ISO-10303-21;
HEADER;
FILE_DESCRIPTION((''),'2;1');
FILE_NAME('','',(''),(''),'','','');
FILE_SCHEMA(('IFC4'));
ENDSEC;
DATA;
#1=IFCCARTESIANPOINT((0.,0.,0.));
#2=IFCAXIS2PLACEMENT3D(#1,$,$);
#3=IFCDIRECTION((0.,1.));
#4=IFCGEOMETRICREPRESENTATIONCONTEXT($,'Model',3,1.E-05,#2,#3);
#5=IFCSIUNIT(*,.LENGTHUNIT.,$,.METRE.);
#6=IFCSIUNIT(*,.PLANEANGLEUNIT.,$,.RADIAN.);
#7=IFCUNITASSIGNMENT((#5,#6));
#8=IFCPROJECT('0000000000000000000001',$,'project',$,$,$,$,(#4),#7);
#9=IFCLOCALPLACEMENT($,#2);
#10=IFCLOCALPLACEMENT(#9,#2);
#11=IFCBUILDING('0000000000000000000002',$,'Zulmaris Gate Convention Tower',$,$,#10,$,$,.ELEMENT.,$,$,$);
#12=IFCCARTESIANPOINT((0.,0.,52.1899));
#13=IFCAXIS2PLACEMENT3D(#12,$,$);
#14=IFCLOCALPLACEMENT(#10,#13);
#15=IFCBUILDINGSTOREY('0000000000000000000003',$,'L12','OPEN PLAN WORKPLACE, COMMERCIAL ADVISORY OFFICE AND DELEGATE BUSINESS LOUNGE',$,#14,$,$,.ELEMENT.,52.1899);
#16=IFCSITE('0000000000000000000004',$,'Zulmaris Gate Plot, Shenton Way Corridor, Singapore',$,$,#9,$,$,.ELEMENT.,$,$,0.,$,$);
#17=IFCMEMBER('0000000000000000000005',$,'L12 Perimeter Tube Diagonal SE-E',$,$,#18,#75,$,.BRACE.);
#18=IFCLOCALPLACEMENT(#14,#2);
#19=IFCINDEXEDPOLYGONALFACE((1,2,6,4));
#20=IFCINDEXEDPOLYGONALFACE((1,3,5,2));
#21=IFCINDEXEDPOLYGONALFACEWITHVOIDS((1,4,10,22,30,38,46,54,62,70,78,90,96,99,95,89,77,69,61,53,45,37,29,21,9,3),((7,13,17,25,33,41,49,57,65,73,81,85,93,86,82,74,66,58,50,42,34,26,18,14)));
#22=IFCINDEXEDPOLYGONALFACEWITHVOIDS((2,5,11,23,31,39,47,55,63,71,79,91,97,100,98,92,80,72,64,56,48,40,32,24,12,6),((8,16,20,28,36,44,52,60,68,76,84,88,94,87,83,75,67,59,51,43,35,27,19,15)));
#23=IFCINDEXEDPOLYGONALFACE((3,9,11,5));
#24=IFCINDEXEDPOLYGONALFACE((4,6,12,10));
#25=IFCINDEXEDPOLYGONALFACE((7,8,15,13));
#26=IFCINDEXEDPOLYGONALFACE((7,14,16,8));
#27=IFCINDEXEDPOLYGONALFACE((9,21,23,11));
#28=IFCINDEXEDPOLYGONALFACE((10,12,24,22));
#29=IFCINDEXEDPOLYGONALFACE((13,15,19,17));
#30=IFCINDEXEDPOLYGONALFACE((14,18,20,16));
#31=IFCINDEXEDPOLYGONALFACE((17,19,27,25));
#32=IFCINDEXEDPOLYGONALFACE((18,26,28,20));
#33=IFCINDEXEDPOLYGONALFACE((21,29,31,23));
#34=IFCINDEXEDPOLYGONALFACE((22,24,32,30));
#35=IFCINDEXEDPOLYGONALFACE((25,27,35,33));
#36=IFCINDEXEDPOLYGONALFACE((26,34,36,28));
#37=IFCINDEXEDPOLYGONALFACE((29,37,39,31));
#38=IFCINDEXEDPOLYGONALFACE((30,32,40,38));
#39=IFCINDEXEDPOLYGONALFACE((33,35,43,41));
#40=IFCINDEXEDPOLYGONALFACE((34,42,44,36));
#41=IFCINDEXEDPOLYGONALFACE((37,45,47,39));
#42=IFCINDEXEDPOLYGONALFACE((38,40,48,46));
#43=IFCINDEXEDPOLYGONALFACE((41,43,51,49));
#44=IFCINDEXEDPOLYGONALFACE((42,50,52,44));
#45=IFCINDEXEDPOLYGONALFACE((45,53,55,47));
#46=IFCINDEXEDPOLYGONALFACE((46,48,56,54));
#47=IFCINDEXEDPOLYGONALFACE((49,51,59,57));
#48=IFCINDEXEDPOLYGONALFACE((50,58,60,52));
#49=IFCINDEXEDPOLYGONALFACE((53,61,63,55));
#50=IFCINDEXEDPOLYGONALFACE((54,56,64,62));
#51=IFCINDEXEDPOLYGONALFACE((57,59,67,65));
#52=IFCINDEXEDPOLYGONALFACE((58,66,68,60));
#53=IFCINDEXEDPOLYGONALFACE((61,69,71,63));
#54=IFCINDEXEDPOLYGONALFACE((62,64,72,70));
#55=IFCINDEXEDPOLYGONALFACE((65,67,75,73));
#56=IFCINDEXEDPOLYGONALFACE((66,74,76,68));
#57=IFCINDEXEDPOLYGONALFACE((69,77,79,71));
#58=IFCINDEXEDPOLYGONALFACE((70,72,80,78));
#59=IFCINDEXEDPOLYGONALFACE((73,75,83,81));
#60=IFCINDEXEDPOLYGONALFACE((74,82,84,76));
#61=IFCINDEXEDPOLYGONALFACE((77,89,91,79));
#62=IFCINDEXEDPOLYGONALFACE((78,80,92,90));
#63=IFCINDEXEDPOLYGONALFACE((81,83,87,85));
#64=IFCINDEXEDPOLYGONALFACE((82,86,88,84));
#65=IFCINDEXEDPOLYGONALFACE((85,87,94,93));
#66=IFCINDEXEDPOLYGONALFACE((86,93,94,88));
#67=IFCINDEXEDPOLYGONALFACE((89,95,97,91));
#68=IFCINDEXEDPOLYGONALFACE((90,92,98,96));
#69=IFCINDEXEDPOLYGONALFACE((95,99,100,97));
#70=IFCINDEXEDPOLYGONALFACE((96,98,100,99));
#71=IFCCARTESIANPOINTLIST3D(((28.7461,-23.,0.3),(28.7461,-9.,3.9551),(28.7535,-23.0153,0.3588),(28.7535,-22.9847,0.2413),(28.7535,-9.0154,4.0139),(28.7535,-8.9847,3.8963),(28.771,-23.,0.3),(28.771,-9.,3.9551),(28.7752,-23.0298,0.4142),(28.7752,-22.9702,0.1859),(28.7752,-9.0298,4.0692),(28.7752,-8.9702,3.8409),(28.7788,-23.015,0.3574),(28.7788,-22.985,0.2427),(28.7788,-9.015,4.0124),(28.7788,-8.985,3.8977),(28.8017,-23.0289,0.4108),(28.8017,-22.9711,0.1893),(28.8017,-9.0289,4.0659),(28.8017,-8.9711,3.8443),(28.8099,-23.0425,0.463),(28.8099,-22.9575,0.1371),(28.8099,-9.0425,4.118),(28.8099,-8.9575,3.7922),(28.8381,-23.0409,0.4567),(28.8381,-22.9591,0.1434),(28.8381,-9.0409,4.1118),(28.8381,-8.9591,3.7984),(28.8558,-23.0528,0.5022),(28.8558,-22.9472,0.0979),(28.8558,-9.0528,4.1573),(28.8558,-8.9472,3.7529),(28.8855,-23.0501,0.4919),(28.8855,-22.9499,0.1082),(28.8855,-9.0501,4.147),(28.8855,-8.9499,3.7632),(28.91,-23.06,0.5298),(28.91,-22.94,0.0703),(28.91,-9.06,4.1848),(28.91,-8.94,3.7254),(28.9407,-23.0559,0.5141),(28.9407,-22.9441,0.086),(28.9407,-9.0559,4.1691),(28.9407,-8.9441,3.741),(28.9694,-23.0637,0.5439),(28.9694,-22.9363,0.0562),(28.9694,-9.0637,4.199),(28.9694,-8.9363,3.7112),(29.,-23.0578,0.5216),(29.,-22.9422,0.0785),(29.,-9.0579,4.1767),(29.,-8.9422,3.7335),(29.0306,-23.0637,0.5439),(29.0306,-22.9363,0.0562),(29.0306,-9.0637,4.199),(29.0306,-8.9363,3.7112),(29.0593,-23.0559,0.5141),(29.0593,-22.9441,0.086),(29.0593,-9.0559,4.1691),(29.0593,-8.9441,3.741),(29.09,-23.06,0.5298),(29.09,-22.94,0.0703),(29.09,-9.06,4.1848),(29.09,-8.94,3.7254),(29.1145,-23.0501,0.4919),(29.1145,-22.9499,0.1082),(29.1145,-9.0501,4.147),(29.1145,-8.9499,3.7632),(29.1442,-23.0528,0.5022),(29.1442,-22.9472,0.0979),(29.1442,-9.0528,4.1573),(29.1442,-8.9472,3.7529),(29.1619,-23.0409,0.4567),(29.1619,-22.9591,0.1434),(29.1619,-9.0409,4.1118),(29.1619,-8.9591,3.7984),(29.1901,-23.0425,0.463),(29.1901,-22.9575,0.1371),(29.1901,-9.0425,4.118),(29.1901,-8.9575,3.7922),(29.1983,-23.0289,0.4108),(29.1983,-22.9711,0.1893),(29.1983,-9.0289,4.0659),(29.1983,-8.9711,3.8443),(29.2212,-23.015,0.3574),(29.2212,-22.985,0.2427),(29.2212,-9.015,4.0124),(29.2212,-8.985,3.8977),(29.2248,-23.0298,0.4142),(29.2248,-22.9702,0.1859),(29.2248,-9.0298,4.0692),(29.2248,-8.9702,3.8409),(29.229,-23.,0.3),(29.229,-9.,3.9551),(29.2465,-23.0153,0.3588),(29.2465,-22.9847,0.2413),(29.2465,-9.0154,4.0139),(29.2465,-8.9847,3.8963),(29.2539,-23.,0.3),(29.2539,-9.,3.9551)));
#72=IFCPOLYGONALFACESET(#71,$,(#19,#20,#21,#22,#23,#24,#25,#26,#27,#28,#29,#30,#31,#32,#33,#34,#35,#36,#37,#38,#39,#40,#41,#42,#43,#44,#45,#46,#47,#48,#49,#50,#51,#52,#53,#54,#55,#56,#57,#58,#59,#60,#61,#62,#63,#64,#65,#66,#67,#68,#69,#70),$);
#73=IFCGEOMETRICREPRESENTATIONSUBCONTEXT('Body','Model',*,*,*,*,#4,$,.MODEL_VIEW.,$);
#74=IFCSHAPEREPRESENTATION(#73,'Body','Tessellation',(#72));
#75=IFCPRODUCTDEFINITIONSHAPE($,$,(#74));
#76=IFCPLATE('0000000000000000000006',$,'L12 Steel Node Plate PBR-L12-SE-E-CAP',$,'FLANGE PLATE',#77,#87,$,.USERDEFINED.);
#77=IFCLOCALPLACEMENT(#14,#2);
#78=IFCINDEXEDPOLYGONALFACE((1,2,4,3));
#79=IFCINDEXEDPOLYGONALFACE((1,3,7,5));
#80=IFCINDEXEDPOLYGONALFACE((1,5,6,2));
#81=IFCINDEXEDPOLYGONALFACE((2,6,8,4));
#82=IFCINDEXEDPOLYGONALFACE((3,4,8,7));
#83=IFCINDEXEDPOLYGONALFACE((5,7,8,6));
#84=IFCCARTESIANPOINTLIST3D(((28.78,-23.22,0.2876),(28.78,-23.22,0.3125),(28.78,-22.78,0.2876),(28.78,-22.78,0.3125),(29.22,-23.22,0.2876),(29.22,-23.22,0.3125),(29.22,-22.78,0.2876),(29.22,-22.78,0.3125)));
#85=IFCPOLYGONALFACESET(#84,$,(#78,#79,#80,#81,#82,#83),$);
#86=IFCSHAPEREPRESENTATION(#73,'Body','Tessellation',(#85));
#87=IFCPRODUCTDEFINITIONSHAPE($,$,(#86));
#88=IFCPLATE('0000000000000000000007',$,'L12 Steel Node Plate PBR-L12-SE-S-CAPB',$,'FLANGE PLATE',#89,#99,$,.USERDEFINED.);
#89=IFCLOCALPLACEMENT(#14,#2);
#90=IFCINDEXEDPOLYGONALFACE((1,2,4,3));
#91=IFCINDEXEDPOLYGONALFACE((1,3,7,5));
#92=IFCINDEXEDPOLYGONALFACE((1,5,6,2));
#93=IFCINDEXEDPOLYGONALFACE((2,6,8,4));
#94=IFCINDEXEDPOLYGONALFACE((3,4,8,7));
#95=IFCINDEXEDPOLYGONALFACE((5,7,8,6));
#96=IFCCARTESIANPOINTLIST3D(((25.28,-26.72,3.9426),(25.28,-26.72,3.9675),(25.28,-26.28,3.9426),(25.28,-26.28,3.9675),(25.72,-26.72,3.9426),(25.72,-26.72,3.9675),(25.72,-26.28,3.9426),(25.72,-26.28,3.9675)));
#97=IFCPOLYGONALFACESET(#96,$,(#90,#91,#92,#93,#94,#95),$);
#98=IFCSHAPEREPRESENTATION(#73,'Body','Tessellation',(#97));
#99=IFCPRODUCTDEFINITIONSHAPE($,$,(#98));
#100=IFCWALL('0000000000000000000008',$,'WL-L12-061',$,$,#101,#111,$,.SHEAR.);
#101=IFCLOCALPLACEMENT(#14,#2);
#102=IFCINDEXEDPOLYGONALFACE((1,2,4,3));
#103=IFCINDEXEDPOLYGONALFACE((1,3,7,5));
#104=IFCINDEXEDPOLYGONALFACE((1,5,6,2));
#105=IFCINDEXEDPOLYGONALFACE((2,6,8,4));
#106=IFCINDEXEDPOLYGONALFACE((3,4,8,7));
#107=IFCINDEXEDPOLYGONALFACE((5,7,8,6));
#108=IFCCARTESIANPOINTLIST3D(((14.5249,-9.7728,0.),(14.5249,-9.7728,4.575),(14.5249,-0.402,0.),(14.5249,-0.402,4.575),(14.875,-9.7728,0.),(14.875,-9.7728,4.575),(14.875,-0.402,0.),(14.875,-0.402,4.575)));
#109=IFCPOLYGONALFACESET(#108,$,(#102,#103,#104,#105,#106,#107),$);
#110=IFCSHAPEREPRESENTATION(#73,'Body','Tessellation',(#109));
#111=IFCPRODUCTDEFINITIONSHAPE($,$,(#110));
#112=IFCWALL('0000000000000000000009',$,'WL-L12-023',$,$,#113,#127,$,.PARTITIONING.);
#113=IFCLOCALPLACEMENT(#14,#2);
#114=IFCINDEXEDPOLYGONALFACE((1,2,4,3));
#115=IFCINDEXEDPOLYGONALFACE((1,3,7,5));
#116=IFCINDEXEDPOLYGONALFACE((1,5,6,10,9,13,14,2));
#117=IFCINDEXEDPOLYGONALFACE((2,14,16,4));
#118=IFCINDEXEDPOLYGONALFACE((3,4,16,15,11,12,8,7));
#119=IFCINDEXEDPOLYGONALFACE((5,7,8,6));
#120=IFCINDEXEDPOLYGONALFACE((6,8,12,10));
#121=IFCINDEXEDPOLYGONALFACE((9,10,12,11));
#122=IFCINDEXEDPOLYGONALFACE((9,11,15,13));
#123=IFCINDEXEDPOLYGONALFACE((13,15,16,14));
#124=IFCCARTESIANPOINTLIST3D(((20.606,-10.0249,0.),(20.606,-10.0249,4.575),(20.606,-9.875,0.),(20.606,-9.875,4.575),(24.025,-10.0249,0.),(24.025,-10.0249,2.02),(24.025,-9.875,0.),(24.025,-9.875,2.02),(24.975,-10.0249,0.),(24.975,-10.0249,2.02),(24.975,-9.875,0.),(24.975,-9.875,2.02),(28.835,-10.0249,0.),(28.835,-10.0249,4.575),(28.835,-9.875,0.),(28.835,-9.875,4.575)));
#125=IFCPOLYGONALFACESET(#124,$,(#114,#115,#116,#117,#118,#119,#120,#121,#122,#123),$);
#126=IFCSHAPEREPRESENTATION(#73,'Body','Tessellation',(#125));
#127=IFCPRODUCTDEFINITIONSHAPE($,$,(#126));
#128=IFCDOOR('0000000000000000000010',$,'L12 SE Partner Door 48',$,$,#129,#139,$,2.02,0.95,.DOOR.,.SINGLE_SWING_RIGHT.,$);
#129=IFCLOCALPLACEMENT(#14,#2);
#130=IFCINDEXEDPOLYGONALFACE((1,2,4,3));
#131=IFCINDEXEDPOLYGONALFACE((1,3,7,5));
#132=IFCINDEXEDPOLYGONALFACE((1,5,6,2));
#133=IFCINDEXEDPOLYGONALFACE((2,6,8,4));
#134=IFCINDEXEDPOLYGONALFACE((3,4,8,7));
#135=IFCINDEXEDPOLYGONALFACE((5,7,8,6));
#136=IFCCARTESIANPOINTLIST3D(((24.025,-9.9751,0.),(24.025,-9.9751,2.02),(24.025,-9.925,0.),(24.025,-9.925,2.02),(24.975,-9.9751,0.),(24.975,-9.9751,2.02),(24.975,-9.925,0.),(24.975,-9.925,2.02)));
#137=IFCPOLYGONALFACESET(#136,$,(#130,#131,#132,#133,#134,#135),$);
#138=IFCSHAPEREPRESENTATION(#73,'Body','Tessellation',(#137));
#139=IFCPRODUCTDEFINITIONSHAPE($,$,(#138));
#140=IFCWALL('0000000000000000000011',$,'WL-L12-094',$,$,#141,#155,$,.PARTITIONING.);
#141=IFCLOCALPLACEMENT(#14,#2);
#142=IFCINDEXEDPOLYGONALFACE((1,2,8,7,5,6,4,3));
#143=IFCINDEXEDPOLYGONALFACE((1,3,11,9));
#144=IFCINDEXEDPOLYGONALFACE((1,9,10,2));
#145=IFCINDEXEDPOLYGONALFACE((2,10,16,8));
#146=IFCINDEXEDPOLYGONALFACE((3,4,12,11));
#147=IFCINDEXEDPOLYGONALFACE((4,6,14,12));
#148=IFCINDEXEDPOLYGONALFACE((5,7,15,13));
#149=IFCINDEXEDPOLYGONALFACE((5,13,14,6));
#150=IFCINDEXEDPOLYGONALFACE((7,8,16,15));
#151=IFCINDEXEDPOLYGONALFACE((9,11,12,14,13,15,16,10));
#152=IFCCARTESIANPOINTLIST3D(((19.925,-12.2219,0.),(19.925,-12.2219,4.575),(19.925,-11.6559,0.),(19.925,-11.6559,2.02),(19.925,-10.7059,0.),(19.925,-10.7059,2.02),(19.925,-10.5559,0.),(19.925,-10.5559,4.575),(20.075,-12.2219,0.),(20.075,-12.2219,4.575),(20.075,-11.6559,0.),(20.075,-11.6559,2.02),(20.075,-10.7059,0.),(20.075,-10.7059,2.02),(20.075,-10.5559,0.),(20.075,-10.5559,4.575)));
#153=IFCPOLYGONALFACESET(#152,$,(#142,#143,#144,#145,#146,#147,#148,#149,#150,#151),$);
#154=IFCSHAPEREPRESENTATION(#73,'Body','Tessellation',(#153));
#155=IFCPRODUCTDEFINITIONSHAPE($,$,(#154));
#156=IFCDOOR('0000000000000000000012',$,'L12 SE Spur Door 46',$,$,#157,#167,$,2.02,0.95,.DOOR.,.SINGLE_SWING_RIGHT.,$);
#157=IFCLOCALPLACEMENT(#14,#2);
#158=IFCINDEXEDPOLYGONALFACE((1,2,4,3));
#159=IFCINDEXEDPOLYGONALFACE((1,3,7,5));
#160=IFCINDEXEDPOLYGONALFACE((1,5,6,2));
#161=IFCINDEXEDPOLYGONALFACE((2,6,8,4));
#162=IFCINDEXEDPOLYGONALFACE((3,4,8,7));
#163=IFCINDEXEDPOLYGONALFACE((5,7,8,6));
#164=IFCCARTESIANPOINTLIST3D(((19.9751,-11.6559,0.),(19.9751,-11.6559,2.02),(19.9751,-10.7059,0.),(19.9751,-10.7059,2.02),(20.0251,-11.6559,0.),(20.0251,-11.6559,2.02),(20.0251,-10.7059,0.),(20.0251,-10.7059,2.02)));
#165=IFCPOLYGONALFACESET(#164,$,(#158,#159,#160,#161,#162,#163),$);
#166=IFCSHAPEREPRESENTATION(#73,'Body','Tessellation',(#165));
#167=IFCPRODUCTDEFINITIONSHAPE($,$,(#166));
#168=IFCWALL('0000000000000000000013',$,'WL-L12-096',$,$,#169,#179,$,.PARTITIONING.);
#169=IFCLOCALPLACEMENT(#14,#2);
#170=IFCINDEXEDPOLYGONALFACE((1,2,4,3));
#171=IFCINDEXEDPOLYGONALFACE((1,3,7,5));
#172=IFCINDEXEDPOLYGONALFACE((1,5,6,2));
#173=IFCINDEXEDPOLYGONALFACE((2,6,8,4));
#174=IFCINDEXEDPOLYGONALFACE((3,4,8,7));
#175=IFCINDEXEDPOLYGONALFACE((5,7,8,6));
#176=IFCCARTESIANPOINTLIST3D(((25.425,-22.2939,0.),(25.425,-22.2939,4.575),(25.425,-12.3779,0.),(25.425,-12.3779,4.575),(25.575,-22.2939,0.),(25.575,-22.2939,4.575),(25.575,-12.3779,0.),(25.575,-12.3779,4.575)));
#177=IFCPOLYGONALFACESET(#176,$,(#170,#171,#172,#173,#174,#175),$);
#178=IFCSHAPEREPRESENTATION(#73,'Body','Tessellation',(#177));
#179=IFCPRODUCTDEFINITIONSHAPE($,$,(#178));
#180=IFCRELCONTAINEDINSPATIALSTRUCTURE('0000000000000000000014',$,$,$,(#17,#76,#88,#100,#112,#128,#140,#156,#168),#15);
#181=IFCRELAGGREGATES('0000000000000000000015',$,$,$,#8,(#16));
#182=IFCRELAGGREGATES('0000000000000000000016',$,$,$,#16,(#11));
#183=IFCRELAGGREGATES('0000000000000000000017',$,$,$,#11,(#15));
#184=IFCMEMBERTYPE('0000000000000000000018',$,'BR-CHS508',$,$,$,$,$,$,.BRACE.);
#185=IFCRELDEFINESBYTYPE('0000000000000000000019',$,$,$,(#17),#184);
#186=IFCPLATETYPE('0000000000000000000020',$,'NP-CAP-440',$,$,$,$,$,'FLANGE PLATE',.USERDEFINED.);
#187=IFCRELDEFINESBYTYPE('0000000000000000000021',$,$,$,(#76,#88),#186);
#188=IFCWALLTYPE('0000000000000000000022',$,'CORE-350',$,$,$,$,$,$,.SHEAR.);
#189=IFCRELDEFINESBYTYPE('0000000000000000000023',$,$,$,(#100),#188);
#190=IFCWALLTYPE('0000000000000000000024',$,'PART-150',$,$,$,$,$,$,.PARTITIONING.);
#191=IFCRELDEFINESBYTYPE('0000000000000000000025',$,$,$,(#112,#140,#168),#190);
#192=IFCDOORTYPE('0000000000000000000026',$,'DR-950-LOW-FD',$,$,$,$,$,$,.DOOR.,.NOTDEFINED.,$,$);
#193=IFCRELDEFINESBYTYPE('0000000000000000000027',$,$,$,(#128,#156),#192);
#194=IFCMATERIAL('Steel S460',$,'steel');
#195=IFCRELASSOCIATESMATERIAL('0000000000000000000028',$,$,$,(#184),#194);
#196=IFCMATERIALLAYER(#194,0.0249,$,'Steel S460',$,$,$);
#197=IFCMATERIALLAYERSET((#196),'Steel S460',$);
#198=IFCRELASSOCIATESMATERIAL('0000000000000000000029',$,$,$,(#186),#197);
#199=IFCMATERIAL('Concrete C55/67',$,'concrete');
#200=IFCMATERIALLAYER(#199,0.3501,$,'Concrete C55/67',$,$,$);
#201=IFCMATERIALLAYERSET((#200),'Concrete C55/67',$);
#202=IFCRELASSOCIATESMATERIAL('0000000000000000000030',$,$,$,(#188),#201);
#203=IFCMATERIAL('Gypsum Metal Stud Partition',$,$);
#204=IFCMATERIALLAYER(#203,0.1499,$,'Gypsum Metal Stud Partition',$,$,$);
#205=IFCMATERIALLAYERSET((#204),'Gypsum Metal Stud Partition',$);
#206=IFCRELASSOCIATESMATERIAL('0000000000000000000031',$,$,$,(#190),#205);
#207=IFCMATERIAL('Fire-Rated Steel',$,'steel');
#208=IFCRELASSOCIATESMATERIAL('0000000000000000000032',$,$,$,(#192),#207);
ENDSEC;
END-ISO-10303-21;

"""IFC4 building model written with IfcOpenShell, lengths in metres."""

from ifc_helpers import new_model, si_unit, direction, frame, frame_2d, origin, origin_2d, place, context, subcontext, project, spatial, rectangle, hollow_circle, extrude, material, layer, layer_set, material_profile, profile_set, type_object, element, fill, save


model = new_model("IFC4")

# Units and contexts
model_context = context("Model", 3, precision=1e-05, world=origin(), true_north=direction((0.0, 1.0)))
body_context = subcontext(model_context, "Body", "Model", "MODEL_VIEW")
ifc_project = project(units=[si_unit("LENGTHUNIT", "METRE"), si_unit("PLANEANGLEUNIT", "RADIAN")], contexts=[model_context])

# Site, building, storey
site_placement = place(None, origin())
site = spatial("IfcSite", under=ifc_project, at=site_placement, Name="Zulmaris Gate Plot, Shenton Way Corridor, Singapore", CompositionType="ELEMENT", RefElevation=0.0)
building_placement = place(site_placement, origin())
building = spatial("IfcBuilding", under=site, at=building_placement, Name="Zulmaris Gate Convention Tower", CompositionType="ELEMENT")
storey_placement = place(building_placement, frame((0.0, 0.0, 52.1899)))
storey = spatial("IfcBuildingStorey", under=building, at=storey_placement, Name="L12", Description="OPEN PLAN WORKPLACE, COMMERCIAL ADVISORY OFFICE AND DELEGATE BUSINESS LOUNGE", CompositionType="ELEMENT", Elevation=52.1899)

# Member
ifc_material_1 = material(Name="Steel S460", Category="steel")
ifc_material_profile_1 = material_profile(ifc_material_1, hollow_circle(Radius=0.2539, WallThickness=0.0249, at=origin_2d()), Name="CHS 508x25")
ifc_profile_set_1 = profile_set([ifc_material_profile_1], Name="Steel S460")
member_type = type_object("IfcMemberType", Name="BR-CHS508", PredefinedType="BRACE", material=ifc_profile_set_1)
member_placement = place(storey_placement, frame((29.0, -23.0, 0.3), z_axis=(0.0, 0.967569, 0.252607), x_axis=(-1.0, 0.0, 0.0)))
element("IfcMember", 1, at=member_placement, inside=storey, type_object=member_type, Name="L12 Perimeter Tube Diagonal SE-E", PredefinedType="BRACE", context=body_context, shape_type="SweptSolid", body=[
    extrude(hollow_circle(Radius=0.2539, WallThickness=0.0249, at=origin_2d()), origin(), (0.0, 0.0, 1.0), 14.4692),
])

# Plates
ifc_layer_1 = layer(ifc_material_1, 0.0249, Name="Steel S460")
ifc_layer_set_1 = layer_set([ifc_layer_1], Name="Steel S460")
plate_type = type_object("IfcPlateType", Name="NP-CAP-440", ElementType="FLANGE PLATE", PredefinedType="USERDEFINED", material=ifc_layer_set_1)
for number, where, z_axis, x_axis, name in (
    (2, (29.0, -23.0, 0.2876), (0.0, 0.0, 1.0), (1.0, 0.0, 0.0), "L12 Steel Node Plate PBR-L12-SE-E-CAP"),
    (3, (25.5, -26.5, 3.9426), (0.0, 0.0, 1.0), (1.0, 0.0, 0.0), "L12 Steel Node Plate PBR-L12-SE-S-CAPB"),
):
    element("IfcPlate", number, at=place(storey_placement, frame(where, z_axis=z_axis, x_axis=x_axis)), inside=storey, type_object=plate_type, Name=name, ObjectType="FLANGE PLATE", PredefinedType="USERDEFINED", context=body_context, shape_type="SweptSolid", body=[
        extrude(rectangle(XDim=0.4399, YDim=0.4399, at=origin_2d()), origin(), (0.0, 0.0, 1.0), 0.0249),
    ])

# Shared definitions
ifc_material_2 = material(Name="Concrete C55/67", Category="concrete")
ifc_layer_2 = layer(ifc_material_2, 0.3501, Name="Concrete C55/67")
ifc_layer_set_2 = layer_set([ifc_layer_2], Name="Concrete C55/67")
wall_type_1 = type_object("IfcWallType", Name="CORE-350", PredefinedType="SHEAR", material=ifc_layer_set_2)

# Wall
wall_1_placement = place(storey_placement, frame((14.7, -9.7729, 0.0), z_axis=(0.0, 0.0, 1.0), x_axis=(0.0, 1.0, 0.0)))
element("IfcWall", 4, at=wall_1_placement, inside=storey, type_object=wall_type_1, Name="WL-L12-061", PredefinedType="SHEAR", context=body_context, shape_type="SweptSolid", body=[
    extrude(rectangle(XDim=9.3708, YDim=0.3501, at=frame_2d((4.6855, 0.0))), origin(), (0.0, 0.0, 1.0), 4.575),
])

# Walls, openings, doors
ifc_material_3 = material(Name="Gypsum Metal Stud Partition")
ifc_layer_3 = layer(ifc_material_3, 0.1499, Name="Gypsum Metal Stud Partition")
ifc_layer_set_3 = layer_set([ifc_layer_3], Name="Gypsum Metal Stud Partition")
wall_type_2 = type_object("IfcWallType", Name="PART-150", PredefinedType="PARTITIONING", material=ifc_layer_set_3)
wall_2_placement = place(storey_placement, frame((20.606, -9.95, 0.0), z_axis=(0.0, 0.0, 1.0), x_axis=(1.0, 0.0, 0.0)))
wall_2 = element("IfcWall", 5, at=wall_2_placement, inside=storey, type_object=wall_type_2, Name="WL-L12-023", PredefinedType="PARTITIONING", context=body_context, shape_type="SweptSolid", body=[
    extrude(rectangle(XDim=8.229, YDim=0.1499, at=frame_2d((4.1145, 0.0))), origin(), (0.0, 0.0, 1.0), 4.575),
])
opening_1_placement = place(wall_2_placement, frame((3.4189, 0.0, 0.0)))
opening_1 = element("IfcOpeningElement", 6, at=opening_1_placement, cuts=wall_2, PredefinedType="OPENING", context=body_context, shape_type="SweptSolid", body=[
    extrude(rectangle(XDim=0.95, YDim=2.02, at=frame_2d((0.4751, 1.01))), frame((0.0, 0.085, 0.0), z_axis=(0.0, -1.0, 0.0), x_axis=(1.0, 0.0, 0.0)), (0.0, 0.0, 1.0), 0.1699),
])
ifc_material_4 = material(Name="Fire-Rated Steel", Category="steel")
door_type_1 = type_object("IfcDoorType", Name="DR-950-LOW-FD", OperationType="NOTDEFINED", PredefinedType="DOOR", material=ifc_material_4)
door_1_placement = place(opening_1_placement, origin())
door_1 = element("IfcDoor", 7, at=door_1_placement, inside=storey, type_object=door_type_1, Name="L12 SE Partner Door 48", OperationType="SINGLE_SWING_RIGHT", OverallHeight=2.02, OverallWidth=0.95, PredefinedType="DOOR", context=body_context, shape_type="SweptSolid", body=[
    extrude(rectangle(XDim=0.95, YDim=2.02, at=frame_2d((0.4751, 1.01))), frame((0.0, 0.0249, 0.0), z_axis=(0.0, -1.0, 0.0), x_axis=(1.0, 0.0, 0.0)), (0.0, 0.0, 1.0), 0.05),
])
fill(opening_1, door_1)
wall_3_placement = place(storey_placement, frame((20.0, -12.2219, 0.0), z_axis=(0.0, 0.0, 1.0), x_axis=(0.0, 1.0, 0.0)))
wall_3 = element("IfcWall", 8, at=wall_3_placement, inside=storey, type_object=wall_type_2, Name="WL-L12-094", PredefinedType="PARTITIONING", context=body_context, shape_type="SweptSolid", body=[
    extrude(rectangle(XDim=1.666, YDim=0.1499, at=frame_2d((0.833, 0.0))), origin(), (0.0, 0.0, 1.0), 4.575),
])
opening_2_placement = place(wall_3_placement, frame((0.5659, 0.0, 0.0)))
opening_2 = element("IfcOpeningElement", 9, at=opening_2_placement, cuts=wall_3, PredefinedType="OPENING", context=body_context, shape_type="SweptSolid", body=[
    extrude(rectangle(XDim=0.95, YDim=2.02, at=frame_2d((0.4751, 1.01))), frame((0.0, 0.085, 0.0), z_axis=(0.0, -1.0, 0.0), x_axis=(1.0, 0.0, 0.0)), (0.0, 0.0, 1.0), 0.1699),
])
door_2_placement = place(opening_2_placement, origin())
door_2 = element("IfcDoor", 10, at=door_2_placement, inside=storey, type_object=door_type_1, Name="L12 SE Spur Door 46", OperationType="SINGLE_SWING_RIGHT", OverallHeight=2.02, OverallWidth=0.95, PredefinedType="DOOR", context=body_context, shape_type="SweptSolid", body=[
    extrude(rectangle(XDim=0.95, YDim=2.02, at=frame_2d((0.4751, 1.01))), frame((0.0, 0.0249, 0.0), z_axis=(0.0, -1.0, 0.0), x_axis=(1.0, 0.0, 0.0)), (0.0, 0.0, 1.0), 0.05),
])
fill(opening_2, door_2)

# Wall
wall_4_placement = place(storey_placement, frame((25.5, -22.2939, 0.0), z_axis=(0.0, 0.0, 1.0), x_axis=(0.0, 1.0, 0.0)))
element("IfcWall", 11, at=wall_4_placement, inside=storey, type_object=wall_type_2, Name="WL-L12-096", PredefinedType="PARTITIONING", context=body_context, shape_type="SweptSolid", body=[
    extrude(rectangle(XDim=9.916, YDim=0.1499, at=frame_2d((4.958, 0.0))), origin(), (0.0, 0.0, 1.0), 4.575),
])

save(model, "model.ifc")
